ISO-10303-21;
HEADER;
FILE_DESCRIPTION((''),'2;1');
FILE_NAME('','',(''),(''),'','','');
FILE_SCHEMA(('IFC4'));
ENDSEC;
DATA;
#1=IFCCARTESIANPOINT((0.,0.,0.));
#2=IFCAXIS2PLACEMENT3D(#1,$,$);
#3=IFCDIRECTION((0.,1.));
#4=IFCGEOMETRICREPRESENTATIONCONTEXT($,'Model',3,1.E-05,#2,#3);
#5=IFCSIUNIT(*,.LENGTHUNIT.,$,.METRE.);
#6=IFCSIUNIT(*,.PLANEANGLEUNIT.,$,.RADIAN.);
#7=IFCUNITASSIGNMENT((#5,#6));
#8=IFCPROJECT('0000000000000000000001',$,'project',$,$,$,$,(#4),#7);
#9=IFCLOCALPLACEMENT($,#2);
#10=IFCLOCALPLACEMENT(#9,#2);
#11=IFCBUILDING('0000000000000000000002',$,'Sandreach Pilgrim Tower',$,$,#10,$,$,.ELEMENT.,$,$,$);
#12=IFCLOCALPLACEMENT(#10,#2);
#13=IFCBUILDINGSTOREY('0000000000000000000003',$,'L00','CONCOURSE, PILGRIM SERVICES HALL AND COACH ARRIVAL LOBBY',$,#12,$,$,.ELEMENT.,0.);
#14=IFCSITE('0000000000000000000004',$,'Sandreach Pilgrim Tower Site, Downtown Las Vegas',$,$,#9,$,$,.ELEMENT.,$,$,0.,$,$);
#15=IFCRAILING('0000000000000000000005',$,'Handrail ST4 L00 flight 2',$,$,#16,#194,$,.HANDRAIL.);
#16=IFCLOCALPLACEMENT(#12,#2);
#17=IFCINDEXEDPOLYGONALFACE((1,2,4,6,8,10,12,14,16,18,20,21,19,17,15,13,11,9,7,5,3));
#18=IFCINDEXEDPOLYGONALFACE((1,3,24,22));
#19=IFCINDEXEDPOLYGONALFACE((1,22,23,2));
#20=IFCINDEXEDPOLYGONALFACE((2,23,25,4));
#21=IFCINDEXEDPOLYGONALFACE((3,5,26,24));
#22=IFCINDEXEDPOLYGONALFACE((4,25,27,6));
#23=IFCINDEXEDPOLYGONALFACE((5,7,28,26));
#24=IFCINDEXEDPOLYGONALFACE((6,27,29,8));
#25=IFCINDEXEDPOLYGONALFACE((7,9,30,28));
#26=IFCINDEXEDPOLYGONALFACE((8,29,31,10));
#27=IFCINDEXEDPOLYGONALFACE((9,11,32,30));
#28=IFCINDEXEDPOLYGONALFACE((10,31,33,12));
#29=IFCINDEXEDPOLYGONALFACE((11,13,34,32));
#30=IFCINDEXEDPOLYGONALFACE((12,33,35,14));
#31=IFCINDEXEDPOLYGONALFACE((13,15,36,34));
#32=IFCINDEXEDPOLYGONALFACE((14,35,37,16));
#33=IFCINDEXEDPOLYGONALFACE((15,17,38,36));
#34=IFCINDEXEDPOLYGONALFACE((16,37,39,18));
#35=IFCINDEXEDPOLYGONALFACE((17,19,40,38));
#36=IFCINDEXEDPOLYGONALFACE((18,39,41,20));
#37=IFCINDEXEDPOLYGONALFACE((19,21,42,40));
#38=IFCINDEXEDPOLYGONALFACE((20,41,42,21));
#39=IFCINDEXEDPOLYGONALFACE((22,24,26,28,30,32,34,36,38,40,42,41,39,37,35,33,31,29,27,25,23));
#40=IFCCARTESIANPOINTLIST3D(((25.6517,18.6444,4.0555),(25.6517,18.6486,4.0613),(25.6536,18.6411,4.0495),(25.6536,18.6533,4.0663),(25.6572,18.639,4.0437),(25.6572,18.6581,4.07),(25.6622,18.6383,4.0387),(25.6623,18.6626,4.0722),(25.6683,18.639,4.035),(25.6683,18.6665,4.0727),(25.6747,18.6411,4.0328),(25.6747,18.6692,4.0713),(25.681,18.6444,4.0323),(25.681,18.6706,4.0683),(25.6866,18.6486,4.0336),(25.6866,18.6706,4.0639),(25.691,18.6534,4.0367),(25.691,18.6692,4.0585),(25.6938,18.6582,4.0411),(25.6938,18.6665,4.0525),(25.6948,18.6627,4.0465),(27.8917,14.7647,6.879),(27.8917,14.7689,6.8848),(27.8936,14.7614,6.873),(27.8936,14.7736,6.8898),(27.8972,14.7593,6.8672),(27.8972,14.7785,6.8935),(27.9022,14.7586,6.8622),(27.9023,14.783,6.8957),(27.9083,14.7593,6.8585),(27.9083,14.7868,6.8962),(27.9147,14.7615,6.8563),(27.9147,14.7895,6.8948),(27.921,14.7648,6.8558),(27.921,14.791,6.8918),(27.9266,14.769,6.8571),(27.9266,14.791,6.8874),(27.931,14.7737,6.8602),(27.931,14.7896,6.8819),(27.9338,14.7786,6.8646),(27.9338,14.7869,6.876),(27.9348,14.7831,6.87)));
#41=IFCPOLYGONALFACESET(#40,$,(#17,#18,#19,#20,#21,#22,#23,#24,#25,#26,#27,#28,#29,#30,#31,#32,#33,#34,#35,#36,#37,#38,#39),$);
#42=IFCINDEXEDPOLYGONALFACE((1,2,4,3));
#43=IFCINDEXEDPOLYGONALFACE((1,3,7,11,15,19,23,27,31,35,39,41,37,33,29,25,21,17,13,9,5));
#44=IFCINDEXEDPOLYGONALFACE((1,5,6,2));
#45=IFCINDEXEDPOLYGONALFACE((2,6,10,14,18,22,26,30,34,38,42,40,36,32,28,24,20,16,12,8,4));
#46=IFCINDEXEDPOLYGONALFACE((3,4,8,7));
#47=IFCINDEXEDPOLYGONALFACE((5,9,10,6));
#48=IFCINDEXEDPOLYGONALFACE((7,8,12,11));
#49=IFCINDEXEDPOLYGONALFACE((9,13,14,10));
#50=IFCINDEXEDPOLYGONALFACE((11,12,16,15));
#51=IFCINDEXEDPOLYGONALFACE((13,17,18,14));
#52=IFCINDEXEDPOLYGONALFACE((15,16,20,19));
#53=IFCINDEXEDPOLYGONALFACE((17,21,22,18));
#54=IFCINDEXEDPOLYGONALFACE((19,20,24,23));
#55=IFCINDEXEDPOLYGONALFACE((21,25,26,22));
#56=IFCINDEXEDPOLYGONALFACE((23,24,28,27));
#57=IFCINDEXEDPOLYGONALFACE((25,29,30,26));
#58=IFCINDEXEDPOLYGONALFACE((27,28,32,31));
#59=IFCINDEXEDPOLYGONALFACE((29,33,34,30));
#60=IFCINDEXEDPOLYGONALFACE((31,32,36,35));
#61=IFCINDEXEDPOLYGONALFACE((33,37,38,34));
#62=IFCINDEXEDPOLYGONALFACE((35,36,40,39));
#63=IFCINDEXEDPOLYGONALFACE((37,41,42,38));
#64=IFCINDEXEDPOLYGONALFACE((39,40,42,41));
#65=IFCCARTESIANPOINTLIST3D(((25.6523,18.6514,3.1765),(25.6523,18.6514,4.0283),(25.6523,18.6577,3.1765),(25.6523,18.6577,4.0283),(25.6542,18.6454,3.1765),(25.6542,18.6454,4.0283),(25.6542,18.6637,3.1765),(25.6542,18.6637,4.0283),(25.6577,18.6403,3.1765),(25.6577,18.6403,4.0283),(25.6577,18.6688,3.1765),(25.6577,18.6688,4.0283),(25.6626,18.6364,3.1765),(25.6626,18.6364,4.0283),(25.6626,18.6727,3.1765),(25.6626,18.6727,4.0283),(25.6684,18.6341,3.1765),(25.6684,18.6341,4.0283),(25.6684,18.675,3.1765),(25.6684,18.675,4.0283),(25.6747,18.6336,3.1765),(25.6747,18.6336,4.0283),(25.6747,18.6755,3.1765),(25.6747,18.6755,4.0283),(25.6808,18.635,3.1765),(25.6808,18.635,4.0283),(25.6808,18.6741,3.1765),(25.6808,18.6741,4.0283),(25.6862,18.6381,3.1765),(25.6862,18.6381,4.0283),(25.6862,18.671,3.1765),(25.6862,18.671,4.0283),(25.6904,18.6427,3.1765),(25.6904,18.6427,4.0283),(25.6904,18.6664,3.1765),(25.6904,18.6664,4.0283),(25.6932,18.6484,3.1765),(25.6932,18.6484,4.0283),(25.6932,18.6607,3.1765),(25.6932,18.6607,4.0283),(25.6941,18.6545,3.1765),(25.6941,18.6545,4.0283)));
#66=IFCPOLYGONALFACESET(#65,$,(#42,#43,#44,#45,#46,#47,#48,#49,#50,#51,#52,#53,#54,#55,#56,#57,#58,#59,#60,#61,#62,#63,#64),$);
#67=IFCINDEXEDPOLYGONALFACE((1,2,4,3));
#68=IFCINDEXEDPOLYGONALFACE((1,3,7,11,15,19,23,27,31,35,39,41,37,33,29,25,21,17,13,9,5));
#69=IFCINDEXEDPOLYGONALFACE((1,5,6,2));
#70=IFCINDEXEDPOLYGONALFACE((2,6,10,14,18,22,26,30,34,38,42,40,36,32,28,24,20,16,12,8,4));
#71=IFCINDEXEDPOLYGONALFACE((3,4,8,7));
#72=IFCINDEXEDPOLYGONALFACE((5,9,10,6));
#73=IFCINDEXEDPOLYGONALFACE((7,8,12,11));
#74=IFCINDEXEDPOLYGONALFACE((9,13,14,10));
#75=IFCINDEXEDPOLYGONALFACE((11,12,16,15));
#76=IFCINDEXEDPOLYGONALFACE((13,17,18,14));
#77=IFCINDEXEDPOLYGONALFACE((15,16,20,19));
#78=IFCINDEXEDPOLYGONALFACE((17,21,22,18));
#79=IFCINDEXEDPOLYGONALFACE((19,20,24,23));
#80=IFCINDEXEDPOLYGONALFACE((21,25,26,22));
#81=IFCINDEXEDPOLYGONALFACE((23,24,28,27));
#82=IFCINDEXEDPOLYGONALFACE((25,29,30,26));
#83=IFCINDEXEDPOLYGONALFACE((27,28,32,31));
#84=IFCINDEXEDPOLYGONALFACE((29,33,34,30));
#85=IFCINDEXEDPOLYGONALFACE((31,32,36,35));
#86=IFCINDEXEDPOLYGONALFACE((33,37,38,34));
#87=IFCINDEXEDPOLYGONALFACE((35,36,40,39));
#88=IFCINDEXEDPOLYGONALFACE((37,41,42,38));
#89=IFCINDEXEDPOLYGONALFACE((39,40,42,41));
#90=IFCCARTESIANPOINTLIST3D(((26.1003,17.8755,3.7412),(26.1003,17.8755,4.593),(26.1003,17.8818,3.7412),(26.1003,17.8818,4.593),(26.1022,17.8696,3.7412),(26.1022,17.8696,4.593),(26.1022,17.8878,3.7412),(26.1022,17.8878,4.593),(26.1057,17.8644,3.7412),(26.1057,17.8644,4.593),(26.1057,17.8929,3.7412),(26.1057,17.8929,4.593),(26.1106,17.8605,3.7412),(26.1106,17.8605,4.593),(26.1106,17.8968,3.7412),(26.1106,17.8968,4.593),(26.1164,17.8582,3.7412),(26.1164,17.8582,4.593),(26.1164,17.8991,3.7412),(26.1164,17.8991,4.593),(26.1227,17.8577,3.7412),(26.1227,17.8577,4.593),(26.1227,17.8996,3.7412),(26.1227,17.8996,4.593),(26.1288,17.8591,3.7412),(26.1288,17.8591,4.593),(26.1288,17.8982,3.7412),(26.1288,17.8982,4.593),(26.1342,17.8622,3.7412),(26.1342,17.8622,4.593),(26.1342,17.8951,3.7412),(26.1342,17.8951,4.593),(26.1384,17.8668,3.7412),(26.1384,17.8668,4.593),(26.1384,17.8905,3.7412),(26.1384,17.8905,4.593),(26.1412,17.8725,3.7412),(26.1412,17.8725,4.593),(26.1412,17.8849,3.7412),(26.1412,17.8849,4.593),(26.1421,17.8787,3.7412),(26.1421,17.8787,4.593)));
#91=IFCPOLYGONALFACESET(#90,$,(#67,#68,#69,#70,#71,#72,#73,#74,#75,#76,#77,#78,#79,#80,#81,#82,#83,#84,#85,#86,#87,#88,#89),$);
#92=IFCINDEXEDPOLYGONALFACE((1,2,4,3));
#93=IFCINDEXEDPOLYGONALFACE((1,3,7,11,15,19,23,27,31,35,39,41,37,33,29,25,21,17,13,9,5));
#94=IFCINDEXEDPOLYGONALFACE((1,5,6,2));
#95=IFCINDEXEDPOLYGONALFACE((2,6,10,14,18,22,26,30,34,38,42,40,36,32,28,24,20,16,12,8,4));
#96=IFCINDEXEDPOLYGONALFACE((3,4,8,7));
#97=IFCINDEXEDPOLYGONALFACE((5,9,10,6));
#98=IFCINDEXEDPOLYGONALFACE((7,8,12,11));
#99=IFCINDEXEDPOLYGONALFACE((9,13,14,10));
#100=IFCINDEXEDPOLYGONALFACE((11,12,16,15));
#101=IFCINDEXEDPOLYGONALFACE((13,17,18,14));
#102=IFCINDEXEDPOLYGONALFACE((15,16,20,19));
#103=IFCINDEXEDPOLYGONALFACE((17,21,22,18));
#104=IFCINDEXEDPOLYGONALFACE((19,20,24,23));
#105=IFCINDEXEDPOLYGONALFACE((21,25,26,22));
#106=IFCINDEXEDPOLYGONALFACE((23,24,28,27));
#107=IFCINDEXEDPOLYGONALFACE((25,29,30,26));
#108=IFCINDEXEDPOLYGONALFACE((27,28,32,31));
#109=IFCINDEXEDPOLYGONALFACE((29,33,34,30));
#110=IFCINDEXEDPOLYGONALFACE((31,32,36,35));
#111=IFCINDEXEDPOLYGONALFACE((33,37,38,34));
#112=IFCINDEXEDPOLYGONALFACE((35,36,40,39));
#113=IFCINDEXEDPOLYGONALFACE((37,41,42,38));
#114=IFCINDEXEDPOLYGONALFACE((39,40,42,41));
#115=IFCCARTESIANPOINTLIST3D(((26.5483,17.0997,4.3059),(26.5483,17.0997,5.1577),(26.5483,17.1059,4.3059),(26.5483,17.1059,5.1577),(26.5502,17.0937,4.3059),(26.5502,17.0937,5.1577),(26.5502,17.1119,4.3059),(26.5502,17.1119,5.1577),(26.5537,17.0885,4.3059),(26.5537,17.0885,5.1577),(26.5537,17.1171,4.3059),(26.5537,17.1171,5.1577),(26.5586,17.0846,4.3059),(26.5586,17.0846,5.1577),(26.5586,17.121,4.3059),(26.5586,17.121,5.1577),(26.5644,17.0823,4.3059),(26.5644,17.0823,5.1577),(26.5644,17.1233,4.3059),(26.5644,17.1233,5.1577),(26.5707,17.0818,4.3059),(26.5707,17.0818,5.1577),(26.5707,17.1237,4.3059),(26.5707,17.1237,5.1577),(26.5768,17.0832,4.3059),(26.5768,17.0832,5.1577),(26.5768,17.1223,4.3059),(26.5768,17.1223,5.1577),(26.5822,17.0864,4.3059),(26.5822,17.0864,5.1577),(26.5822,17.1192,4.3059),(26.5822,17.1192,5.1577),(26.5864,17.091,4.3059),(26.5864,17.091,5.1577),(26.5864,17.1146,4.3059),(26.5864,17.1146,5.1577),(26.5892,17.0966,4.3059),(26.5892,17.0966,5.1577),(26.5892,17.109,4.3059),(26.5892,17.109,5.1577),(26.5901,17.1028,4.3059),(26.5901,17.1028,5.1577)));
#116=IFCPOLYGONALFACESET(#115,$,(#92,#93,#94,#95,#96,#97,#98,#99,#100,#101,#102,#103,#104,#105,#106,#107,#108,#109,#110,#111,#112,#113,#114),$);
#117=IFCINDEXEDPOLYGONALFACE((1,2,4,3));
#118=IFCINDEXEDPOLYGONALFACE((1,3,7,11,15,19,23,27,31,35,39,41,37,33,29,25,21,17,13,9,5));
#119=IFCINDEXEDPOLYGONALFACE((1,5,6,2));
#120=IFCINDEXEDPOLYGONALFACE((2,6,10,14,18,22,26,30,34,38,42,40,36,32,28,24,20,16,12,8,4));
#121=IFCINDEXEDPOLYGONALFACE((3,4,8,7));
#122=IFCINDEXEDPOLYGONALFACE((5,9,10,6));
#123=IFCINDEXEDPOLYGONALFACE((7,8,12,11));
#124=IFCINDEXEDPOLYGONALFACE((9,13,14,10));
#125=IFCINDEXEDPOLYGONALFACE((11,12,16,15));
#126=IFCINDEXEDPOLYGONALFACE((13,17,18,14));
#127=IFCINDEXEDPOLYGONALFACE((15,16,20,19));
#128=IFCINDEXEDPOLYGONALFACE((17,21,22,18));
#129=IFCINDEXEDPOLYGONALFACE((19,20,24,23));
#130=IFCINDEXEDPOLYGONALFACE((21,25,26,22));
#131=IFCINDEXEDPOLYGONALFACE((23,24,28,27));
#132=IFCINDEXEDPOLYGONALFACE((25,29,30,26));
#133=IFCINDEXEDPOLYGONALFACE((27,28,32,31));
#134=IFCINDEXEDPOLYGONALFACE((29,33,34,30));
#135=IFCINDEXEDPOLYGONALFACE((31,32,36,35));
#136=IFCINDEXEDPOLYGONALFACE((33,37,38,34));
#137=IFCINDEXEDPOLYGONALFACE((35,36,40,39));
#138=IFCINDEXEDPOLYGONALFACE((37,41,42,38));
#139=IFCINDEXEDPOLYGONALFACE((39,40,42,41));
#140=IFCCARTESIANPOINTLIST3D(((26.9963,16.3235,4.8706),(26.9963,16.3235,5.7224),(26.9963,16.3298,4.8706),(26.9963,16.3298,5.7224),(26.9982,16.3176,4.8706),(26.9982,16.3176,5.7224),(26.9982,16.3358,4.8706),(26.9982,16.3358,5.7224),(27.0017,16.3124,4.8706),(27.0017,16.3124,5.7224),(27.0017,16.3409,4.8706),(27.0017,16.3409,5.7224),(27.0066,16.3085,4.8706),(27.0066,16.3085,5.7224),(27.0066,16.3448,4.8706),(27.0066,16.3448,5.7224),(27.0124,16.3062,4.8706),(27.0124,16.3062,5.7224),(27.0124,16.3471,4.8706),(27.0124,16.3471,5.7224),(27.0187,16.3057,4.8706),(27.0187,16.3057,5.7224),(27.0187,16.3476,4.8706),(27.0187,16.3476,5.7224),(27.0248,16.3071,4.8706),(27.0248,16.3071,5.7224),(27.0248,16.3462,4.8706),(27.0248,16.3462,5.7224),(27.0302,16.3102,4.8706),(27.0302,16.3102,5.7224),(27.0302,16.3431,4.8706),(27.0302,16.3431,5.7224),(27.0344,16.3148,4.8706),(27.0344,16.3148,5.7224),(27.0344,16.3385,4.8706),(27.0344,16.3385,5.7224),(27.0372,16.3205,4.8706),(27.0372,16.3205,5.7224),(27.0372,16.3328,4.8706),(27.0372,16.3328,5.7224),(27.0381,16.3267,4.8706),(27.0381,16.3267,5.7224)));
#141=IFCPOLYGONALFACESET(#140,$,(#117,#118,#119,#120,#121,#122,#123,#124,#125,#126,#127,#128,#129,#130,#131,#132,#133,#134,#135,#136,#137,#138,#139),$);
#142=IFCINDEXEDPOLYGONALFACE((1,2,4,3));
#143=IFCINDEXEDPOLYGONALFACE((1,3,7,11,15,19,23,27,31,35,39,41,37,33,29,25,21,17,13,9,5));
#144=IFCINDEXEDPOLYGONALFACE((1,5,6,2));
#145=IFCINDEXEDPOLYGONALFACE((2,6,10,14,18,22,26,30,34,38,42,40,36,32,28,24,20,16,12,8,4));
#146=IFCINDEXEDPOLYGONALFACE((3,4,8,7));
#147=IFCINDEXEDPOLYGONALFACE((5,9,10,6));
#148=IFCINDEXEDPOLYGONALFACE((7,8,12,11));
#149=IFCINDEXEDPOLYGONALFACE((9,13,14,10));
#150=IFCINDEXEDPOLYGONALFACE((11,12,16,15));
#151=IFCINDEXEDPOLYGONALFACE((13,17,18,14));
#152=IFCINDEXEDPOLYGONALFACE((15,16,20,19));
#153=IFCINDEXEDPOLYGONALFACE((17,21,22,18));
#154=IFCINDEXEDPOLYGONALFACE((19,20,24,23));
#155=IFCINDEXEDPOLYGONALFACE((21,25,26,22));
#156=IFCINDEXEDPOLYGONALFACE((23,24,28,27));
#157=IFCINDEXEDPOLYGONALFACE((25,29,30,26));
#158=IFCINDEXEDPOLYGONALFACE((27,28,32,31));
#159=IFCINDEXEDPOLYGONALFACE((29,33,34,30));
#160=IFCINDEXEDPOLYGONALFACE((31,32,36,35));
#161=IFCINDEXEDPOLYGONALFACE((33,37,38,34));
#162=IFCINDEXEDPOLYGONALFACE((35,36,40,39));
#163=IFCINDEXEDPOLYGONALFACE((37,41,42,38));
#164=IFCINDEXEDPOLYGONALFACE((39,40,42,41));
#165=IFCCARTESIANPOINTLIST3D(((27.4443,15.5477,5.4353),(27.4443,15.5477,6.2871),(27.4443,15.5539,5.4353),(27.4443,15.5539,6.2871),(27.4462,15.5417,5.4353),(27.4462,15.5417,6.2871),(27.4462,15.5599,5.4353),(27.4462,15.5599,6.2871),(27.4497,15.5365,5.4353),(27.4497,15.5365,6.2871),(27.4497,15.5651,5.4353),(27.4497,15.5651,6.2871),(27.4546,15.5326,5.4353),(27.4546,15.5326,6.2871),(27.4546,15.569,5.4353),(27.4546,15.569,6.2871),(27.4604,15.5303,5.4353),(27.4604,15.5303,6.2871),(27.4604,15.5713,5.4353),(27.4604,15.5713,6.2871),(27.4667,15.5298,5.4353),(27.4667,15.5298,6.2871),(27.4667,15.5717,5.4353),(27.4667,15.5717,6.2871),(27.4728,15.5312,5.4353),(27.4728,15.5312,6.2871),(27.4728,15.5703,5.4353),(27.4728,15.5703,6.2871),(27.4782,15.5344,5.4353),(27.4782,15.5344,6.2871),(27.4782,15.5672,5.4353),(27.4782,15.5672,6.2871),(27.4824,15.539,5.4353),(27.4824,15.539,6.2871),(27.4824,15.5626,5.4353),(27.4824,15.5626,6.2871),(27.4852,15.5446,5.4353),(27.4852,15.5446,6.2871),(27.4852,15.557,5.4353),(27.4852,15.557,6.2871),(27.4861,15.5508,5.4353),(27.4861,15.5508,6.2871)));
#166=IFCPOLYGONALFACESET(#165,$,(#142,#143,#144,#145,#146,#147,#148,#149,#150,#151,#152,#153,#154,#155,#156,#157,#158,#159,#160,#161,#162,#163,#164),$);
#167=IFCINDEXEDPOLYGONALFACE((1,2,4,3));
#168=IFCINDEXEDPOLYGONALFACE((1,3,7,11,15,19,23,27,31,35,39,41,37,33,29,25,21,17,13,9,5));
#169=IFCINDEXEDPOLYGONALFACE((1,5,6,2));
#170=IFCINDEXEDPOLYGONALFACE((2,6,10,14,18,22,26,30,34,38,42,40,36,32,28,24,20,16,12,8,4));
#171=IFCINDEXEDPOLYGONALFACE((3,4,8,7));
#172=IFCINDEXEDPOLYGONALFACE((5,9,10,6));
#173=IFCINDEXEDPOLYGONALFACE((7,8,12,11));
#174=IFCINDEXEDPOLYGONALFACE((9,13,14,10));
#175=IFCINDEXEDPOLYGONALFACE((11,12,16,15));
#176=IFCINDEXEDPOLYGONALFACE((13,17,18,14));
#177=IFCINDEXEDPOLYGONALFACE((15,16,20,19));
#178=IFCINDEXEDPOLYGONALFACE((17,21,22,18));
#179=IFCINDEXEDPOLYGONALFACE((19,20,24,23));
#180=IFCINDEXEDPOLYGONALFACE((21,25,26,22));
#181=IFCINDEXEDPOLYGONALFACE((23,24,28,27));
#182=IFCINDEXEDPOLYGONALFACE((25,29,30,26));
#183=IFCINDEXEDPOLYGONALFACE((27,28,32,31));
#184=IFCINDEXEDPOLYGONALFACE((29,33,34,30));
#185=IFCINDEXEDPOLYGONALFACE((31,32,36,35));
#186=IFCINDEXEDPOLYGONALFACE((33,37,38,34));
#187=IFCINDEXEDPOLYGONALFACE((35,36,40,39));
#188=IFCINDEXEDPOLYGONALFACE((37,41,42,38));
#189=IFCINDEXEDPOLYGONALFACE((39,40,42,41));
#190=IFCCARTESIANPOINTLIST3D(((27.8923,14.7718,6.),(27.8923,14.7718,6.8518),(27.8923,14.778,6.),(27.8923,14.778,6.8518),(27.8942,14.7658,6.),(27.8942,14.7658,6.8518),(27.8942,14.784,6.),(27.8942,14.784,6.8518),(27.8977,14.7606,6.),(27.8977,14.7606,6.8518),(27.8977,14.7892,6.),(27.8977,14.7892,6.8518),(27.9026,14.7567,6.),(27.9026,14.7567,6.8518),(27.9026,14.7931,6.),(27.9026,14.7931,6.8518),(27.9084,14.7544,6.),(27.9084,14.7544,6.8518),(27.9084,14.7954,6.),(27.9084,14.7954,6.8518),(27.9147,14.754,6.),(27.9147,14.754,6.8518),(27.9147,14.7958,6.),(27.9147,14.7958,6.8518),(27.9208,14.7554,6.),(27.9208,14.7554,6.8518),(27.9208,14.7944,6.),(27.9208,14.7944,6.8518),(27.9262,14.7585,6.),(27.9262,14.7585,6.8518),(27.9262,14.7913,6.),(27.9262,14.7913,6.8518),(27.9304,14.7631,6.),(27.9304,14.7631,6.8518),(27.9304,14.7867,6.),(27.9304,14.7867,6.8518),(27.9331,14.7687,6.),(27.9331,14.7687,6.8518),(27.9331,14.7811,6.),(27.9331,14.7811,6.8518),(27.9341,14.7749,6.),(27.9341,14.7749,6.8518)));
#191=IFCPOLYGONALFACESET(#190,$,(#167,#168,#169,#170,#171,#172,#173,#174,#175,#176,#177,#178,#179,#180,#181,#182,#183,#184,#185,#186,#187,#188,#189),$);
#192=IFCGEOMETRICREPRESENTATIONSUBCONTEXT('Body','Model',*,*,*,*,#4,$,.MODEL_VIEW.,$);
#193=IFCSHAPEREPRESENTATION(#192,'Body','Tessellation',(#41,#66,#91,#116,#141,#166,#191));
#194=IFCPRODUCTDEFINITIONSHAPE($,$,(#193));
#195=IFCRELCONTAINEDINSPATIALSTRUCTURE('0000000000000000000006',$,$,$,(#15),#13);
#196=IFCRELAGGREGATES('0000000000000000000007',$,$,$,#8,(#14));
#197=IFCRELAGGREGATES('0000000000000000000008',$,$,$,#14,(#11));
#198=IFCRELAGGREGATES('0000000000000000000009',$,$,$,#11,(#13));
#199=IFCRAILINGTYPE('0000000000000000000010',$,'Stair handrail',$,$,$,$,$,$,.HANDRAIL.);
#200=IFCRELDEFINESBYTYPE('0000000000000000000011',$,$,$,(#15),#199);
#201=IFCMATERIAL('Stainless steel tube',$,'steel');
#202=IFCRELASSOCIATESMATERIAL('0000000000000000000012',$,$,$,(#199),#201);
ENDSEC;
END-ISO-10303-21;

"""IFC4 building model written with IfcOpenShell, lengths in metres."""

from ifc_helpers import new_model, si_unit, direction, frame, origin, origin_2d, place, context, subcontext, project, spatial, circle, extrude, material, type_object, element, save


model = new_model("IFC4")

# Units and contexts
model_context = context("Model", 3, precision=1e-05, world=origin(), true_north=direction((0.0, 1.0)))
body_context = subcontext(model_context, "Body", "Model", "MODEL_VIEW")
ifc_project = project(units=[si_unit("LENGTHUNIT", "METRE"), si_unit("PLANEANGLEUNIT", "RADIAN")], contexts=[model_context])

# Site, building, storey
site_placement = place(None, origin())
site = spatial("IfcSite", under=ifc_project, at=site_placement, Name="Sandreach Pilgrim Tower Site, Downtown Las Vegas", CompositionType="ELEMENT", RefElevation=0.0)
building_placement = place(site_placement, origin())
building = spatial("IfcBuilding", under=site, at=building_placement, Name="Sandreach Pilgrim Tower", CompositionType="ELEMENT")
storey_placement = place(building_placement, origin())
storey = spatial("IfcBuildingStorey", under=building, at=storey_placement, Name="L00", Description="CONCOURSE, PILGRIM SERVICES HALL AND COACH ARRIVAL LOBBY", CompositionType="ELEMENT", Elevation=0.0)

# Railing
ifc_material_1 = material(Name="Stainless steel tube", Category="steel")
railing_type = type_object("IfcRailingType", Name="Stair handrail", PredefinedType="HANDRAIL", material=ifc_material_1)
railing_1_placement = place(storey_placement, frame((25.6731, 18.6545, 3.1765)))
element("IfcRailing", 1, at=railing_1_placement, inside=storey, type_object=railing_type, Name="Handrail ST4 L00 flight 2", PredefinedType="HANDRAIL", context=body_context, shape_type="SweptSolid", body=[
    extrude(circle(Radius=0.0239, at=origin_2d()), frame((0.0, 0.0, 0.876), z_axis=(0.423007, -0.732644, 0.533196), x_axis=(0.866018, 0.500013, 0.0)), (0.0, 0.0, 1.0), 5.2954),
    extrude(circle(Radius=0.021, at=origin_2d()), origin(), (0.0, 0.0, 1.0), 0.8518),
    extrude(circle(Radius=0.021, at=origin_2d()), frame((0.448, -0.7759, 0.5647)), (0.0, 0.0, 1.0), 0.8518),
    extrude(circle(Radius=0.021, at=origin_2d()), frame((0.896, -1.5518, 1.1294)), (0.0, 0.0, 1.0), 0.8518),
    extrude(circle(Radius=0.021, at=origin_2d()), frame((1.344, -2.3279, 1.6941)), (0.0, 0.0, 1.0), 0.8518),
    extrude(circle(Radius=0.021, at=origin_2d()), frame((1.792, -3.1038, 2.2588)), (0.0, 0.0, 1.0), 0.8518),
    extrude(circle(Radius=0.021, at=origin_2d()), frame((2.24, -3.8796, 2.8235)), (0.0, 0.0, 1.0), 0.8518),
])

save(model, "model.ifc")
